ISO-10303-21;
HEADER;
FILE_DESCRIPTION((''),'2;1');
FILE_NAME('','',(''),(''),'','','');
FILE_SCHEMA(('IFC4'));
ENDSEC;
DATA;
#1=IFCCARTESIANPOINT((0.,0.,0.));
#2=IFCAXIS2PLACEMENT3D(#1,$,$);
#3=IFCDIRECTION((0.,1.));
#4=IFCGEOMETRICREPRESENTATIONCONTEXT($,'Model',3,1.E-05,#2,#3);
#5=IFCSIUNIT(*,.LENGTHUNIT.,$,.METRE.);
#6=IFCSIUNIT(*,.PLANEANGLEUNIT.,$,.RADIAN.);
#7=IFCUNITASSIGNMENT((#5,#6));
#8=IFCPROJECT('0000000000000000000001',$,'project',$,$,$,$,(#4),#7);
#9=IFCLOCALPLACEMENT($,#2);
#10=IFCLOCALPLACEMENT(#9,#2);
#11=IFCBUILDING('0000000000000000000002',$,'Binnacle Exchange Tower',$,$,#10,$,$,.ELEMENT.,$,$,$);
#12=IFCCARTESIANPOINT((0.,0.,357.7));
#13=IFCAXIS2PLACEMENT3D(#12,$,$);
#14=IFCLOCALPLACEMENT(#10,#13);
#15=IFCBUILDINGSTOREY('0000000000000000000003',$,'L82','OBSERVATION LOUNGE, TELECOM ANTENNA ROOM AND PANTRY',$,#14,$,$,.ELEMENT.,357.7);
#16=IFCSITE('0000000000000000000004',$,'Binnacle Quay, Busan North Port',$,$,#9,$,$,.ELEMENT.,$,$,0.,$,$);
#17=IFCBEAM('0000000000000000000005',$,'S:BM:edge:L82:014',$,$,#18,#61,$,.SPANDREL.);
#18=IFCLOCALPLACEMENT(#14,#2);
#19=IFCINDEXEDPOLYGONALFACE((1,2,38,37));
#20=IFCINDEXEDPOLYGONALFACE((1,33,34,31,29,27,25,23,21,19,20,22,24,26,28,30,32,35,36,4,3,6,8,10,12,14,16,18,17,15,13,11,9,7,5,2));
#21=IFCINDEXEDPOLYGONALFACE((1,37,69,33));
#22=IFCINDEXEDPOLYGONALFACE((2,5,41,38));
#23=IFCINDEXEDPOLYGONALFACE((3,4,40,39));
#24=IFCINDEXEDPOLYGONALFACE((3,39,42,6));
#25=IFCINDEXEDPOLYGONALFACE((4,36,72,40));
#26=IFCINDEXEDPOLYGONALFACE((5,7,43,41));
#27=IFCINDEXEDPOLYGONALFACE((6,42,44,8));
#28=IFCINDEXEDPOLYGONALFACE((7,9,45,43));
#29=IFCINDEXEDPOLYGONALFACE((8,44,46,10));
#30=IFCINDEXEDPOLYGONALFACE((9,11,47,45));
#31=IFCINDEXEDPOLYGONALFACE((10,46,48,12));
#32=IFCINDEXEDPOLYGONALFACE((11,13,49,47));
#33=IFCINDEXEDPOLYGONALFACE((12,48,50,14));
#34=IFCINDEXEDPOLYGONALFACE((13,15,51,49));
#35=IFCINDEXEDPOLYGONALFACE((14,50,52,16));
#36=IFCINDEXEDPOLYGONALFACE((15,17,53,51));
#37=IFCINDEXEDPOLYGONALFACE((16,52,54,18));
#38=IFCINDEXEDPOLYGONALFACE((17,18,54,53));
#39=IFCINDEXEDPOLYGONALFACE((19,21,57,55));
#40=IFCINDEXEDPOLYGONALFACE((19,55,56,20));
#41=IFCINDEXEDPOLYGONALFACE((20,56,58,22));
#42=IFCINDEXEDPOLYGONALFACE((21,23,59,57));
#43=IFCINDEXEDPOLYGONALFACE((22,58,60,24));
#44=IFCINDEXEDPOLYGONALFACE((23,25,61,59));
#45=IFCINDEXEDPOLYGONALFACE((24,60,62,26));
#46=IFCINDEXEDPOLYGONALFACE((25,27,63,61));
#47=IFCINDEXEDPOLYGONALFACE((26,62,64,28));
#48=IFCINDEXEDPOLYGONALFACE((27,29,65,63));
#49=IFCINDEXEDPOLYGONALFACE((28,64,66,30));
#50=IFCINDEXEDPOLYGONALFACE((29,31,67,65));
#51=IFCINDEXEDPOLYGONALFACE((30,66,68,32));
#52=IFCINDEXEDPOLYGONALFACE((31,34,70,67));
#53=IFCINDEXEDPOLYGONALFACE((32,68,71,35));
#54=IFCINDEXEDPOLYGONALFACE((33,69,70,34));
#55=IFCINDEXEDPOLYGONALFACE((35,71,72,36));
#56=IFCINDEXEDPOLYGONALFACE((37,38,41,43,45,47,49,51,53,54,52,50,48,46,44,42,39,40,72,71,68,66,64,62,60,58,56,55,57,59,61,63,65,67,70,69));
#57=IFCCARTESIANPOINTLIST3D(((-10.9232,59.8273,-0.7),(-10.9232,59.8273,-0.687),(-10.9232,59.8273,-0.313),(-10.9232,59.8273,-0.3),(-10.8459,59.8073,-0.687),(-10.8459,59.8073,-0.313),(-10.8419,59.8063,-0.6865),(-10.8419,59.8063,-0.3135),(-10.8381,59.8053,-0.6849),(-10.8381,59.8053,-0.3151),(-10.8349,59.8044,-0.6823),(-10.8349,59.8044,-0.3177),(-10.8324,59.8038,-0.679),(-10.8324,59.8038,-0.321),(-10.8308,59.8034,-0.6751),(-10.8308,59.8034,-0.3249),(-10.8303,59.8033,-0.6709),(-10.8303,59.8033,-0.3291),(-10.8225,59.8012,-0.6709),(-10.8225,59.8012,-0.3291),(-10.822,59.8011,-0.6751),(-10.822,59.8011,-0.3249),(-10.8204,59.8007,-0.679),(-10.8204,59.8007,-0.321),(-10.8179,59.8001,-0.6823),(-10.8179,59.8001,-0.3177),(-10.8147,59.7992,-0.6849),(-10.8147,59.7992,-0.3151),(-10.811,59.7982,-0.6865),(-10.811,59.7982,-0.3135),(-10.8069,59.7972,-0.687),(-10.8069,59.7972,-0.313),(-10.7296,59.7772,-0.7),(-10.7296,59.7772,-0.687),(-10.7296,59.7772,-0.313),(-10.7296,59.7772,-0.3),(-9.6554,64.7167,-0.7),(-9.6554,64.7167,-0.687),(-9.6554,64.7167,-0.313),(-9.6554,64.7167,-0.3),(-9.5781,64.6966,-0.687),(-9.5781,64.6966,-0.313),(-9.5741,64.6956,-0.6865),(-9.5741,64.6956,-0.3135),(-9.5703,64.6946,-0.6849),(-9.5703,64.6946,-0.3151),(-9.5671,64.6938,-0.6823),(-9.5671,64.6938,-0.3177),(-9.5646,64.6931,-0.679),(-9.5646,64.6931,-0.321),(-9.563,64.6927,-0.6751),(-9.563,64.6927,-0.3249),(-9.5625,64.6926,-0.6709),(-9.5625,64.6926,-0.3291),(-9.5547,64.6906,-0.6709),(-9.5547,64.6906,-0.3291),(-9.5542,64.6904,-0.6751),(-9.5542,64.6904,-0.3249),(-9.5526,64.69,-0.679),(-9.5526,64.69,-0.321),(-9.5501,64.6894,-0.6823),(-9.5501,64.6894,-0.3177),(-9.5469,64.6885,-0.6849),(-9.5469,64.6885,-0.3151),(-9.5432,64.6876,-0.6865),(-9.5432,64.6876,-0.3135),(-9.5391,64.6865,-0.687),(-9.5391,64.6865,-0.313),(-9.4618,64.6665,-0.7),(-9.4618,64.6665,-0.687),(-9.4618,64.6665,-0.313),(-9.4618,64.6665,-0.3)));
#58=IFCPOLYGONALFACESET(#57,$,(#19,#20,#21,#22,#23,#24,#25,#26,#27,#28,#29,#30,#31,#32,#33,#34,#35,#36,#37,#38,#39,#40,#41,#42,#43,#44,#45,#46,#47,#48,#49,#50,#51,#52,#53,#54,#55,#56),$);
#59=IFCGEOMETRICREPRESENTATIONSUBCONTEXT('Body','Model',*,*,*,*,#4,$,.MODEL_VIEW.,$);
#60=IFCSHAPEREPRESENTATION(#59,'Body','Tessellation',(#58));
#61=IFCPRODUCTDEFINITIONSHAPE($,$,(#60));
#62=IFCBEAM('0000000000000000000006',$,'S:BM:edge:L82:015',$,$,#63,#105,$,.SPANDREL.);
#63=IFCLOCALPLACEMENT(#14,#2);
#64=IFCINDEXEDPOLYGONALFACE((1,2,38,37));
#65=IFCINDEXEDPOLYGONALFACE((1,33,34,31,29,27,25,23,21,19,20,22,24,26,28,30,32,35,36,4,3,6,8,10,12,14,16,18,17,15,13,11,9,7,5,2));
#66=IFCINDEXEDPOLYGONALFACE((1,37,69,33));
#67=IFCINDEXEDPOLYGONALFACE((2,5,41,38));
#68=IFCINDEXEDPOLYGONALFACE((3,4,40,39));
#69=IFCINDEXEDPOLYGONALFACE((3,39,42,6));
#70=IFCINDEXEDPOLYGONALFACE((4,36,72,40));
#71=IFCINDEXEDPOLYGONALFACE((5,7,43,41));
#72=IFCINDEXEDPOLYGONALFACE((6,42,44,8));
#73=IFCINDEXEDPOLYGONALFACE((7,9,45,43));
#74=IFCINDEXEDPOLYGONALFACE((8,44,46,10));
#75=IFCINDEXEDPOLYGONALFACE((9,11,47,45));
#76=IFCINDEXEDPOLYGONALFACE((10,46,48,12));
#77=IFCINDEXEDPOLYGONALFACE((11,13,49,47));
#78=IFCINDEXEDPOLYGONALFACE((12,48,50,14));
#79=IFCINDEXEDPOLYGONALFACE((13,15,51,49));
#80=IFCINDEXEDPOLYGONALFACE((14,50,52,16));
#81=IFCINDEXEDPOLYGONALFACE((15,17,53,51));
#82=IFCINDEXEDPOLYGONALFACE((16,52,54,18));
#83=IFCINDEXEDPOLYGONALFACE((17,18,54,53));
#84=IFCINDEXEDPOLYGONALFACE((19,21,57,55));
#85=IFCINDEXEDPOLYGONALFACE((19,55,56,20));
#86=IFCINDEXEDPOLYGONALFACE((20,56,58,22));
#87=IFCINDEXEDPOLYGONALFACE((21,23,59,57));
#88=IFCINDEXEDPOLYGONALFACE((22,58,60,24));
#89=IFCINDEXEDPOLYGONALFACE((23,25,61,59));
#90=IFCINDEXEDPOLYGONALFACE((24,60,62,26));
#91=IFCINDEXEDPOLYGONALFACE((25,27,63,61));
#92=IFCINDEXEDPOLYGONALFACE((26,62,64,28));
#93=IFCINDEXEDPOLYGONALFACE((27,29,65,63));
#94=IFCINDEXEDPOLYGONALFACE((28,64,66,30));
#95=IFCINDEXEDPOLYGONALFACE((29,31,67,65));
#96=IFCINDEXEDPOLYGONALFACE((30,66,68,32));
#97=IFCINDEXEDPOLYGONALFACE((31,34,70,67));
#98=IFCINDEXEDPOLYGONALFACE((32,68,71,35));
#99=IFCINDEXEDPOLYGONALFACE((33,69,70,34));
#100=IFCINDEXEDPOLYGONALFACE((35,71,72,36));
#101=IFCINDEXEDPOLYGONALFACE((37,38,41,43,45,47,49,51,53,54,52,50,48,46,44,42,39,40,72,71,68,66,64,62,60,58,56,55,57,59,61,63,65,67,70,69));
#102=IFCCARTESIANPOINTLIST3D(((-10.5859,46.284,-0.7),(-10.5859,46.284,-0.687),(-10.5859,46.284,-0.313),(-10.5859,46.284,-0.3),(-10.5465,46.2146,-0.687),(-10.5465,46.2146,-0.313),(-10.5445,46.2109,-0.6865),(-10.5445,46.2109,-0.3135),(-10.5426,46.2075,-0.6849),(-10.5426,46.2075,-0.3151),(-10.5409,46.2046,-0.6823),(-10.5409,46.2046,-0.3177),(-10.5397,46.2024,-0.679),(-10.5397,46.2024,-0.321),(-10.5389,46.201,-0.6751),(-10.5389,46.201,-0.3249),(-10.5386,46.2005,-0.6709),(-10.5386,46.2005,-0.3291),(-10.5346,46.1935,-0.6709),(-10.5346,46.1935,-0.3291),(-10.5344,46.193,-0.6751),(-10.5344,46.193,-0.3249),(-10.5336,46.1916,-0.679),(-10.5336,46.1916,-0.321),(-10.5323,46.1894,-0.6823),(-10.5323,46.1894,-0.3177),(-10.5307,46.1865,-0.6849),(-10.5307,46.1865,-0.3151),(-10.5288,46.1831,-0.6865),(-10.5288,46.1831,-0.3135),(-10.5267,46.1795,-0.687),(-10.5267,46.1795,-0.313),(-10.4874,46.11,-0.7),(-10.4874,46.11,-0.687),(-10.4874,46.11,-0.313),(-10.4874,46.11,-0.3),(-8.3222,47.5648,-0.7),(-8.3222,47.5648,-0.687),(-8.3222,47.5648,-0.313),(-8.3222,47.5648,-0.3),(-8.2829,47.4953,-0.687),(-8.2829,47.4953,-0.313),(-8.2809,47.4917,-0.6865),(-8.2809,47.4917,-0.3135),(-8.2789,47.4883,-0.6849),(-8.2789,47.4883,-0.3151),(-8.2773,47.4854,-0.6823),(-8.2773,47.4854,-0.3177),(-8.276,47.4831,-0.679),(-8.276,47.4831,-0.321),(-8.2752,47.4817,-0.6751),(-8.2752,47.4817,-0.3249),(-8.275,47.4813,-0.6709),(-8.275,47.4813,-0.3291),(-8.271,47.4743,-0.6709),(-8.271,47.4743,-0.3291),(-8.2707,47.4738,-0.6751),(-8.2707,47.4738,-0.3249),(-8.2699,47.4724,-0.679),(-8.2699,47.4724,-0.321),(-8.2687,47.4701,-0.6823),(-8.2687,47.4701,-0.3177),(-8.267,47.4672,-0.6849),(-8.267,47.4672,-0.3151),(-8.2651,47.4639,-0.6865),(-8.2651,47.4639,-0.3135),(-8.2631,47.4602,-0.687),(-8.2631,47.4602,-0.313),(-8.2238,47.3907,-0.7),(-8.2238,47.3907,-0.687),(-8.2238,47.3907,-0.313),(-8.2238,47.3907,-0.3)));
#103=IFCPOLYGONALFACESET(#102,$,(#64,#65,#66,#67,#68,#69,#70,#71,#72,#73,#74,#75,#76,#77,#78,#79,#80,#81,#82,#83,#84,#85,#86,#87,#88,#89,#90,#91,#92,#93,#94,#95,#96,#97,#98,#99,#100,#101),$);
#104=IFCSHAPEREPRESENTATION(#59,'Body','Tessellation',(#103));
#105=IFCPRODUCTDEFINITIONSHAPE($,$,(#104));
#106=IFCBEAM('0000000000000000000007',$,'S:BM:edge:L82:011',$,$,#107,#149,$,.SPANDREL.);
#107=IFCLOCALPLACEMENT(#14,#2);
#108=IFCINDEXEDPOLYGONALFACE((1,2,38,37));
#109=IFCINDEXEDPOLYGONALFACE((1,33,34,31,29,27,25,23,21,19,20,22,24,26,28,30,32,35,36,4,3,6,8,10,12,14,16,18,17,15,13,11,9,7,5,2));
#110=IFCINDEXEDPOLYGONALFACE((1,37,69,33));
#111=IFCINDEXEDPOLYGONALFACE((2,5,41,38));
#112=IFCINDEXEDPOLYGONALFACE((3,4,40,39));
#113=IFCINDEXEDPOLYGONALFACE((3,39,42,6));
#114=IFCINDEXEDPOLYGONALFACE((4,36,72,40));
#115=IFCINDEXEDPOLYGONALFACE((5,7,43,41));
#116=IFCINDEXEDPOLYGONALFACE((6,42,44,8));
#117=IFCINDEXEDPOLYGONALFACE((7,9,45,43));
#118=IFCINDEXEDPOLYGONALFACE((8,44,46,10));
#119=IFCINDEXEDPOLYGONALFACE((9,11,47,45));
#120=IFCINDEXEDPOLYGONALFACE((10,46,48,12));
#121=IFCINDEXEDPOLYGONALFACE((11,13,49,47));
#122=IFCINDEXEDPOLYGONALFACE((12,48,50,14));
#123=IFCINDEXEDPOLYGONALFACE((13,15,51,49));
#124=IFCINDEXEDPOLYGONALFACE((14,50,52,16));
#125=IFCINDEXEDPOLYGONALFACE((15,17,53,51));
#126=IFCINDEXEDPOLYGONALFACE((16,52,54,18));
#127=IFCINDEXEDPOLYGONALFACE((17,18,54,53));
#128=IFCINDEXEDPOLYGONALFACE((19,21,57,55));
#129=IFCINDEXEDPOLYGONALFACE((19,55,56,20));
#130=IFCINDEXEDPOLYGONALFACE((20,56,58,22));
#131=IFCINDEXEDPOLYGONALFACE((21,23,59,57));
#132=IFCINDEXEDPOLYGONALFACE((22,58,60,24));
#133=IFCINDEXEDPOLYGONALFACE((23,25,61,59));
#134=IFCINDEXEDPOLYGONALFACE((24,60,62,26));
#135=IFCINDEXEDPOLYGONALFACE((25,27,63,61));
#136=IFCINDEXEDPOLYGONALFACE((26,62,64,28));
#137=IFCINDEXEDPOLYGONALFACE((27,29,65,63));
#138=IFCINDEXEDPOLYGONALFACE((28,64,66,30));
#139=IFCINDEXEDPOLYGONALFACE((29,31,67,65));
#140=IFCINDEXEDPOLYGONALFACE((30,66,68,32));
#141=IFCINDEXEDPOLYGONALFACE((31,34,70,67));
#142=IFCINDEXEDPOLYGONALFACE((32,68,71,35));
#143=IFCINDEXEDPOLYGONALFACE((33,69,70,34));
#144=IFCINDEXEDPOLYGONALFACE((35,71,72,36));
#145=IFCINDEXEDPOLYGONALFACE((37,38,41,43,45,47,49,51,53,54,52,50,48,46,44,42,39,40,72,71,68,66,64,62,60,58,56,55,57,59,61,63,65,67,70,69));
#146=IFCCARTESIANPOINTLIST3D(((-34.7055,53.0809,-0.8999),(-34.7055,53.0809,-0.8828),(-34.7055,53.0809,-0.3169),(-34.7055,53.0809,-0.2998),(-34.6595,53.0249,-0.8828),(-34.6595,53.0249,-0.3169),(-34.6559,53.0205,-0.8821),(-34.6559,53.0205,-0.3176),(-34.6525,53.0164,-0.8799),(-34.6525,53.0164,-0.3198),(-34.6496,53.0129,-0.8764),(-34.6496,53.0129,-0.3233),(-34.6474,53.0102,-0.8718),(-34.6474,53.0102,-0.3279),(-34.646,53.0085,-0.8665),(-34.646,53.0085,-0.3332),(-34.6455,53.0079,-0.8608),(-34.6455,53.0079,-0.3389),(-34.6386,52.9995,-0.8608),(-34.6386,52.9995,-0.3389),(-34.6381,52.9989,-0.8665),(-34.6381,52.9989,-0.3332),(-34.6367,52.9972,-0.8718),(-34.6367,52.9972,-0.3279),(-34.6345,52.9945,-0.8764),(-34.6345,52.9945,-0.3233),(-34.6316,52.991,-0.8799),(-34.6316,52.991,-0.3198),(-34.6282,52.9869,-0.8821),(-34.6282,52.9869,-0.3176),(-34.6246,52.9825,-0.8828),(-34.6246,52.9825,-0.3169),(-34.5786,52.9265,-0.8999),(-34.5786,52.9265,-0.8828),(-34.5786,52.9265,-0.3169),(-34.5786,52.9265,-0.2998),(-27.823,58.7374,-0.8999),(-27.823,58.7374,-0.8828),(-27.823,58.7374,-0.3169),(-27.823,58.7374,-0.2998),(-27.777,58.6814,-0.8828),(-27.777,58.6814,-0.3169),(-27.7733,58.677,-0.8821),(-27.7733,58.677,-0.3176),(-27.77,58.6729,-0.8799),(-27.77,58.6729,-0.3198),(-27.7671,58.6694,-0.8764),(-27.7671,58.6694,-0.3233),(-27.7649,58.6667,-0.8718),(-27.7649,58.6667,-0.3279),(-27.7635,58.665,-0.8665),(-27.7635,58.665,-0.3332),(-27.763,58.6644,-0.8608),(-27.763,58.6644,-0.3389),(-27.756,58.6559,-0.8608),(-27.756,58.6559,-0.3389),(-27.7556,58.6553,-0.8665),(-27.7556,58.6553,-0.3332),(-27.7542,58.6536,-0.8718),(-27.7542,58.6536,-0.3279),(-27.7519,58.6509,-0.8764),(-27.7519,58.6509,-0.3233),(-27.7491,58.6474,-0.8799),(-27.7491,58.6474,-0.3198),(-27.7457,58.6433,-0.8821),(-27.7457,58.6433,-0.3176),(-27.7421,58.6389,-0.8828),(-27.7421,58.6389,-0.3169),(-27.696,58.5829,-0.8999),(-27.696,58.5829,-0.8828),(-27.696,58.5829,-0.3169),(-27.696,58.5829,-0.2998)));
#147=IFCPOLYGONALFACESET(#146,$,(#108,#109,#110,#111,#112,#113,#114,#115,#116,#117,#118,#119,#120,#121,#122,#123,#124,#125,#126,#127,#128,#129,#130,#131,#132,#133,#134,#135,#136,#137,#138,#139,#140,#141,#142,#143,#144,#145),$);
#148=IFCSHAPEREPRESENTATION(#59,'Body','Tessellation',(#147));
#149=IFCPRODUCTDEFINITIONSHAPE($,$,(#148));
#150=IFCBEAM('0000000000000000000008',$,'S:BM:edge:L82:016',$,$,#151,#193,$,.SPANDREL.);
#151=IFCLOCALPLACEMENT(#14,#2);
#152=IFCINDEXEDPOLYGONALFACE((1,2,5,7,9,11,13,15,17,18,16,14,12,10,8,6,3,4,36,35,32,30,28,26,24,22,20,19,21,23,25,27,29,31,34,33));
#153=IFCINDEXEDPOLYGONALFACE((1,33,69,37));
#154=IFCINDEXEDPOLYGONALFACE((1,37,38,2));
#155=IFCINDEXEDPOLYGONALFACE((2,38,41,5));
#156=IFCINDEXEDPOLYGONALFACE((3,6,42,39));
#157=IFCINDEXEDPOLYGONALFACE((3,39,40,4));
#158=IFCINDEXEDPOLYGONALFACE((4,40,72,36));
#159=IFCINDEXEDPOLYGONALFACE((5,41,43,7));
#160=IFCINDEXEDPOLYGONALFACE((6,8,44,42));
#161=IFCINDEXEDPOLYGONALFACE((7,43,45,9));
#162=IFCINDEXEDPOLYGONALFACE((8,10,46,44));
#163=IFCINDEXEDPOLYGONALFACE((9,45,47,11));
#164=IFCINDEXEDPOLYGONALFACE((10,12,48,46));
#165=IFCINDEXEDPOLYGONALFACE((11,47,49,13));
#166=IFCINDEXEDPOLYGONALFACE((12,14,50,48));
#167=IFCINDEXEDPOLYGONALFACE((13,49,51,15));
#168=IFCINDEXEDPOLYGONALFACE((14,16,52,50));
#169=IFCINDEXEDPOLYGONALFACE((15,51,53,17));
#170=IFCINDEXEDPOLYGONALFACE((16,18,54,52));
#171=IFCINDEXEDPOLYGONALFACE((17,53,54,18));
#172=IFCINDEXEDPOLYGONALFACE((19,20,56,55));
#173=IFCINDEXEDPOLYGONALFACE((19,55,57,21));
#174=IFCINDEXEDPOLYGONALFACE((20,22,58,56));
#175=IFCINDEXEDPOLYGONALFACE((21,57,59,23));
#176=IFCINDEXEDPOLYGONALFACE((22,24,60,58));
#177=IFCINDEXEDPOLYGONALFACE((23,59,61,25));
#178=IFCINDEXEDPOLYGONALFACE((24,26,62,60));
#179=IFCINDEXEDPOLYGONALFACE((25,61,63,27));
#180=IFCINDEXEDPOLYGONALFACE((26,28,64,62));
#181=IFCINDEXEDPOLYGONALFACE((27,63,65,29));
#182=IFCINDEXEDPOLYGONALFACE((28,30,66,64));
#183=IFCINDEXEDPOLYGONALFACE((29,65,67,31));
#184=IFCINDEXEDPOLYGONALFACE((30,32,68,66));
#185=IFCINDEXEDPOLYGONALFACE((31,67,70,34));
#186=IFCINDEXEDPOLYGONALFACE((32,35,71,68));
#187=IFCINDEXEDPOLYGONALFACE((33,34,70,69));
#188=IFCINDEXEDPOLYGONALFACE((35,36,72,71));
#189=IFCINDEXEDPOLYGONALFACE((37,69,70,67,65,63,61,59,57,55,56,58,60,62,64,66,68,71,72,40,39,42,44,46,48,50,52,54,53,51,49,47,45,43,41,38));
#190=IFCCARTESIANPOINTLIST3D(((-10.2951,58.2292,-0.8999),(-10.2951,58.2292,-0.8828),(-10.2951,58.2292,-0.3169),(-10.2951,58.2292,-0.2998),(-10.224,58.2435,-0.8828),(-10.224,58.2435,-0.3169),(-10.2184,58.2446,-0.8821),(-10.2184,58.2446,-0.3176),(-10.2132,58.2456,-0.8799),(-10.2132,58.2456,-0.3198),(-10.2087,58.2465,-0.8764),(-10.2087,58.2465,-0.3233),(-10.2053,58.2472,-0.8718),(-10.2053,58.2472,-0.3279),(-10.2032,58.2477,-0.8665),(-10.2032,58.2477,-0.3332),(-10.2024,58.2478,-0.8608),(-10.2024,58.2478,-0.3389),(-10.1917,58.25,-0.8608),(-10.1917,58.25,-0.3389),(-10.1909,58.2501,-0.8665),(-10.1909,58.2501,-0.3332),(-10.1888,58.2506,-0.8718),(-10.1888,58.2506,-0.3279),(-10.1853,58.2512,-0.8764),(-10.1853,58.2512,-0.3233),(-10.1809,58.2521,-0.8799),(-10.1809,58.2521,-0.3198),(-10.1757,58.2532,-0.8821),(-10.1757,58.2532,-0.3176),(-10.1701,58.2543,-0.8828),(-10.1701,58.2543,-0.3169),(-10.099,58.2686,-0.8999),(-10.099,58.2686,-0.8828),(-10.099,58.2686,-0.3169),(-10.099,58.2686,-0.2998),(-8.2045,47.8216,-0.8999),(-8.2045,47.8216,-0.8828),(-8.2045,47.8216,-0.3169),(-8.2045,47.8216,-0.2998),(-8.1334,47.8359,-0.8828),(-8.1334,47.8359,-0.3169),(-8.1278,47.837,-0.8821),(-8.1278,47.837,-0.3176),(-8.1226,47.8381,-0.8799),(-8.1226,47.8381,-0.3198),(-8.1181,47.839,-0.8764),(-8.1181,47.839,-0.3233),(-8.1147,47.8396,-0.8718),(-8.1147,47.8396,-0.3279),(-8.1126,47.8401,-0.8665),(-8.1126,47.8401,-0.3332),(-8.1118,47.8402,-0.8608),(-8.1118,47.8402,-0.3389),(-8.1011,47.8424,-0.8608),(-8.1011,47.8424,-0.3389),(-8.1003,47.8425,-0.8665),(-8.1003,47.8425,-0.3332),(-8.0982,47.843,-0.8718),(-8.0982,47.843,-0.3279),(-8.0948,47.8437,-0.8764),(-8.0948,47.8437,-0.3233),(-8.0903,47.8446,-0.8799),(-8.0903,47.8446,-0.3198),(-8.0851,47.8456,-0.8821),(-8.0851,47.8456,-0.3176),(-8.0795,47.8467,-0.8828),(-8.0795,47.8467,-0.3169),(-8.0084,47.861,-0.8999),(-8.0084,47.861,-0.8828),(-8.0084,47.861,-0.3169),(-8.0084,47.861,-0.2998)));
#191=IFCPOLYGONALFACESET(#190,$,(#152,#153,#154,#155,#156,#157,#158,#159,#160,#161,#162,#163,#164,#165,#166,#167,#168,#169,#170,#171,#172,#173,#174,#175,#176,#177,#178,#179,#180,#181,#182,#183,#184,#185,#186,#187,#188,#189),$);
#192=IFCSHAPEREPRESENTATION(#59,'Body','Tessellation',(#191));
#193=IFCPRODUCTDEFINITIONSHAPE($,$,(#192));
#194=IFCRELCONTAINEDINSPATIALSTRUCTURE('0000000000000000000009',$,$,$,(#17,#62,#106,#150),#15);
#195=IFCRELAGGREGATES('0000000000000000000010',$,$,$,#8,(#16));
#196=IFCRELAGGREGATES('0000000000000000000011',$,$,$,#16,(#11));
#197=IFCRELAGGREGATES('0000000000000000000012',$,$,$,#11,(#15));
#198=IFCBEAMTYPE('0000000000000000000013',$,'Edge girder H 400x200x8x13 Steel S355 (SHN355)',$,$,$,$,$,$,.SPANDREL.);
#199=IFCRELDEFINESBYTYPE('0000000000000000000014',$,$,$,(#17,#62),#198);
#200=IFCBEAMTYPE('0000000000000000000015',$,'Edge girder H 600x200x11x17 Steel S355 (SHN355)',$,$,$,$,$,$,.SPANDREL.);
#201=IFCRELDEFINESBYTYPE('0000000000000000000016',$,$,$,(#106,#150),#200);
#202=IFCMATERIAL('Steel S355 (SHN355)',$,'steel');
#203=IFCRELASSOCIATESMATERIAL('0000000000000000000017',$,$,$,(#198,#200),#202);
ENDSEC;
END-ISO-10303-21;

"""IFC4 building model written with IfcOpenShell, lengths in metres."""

from ifc_helpers import new_model, si_unit, direction, frame, origin, origin_2d, place, context, subcontext, project, spatial, i_section, extrude, material, material_profile, profile_set, type_object, element, save


model = new_model("IFC4")

# Units and contexts
model_context = context("Model", 3, precision=1e-05, world=origin(), true_north=direction((0.0, 1.0)))
body_context = subcontext(model_context, "Body", "Model", "MODEL_VIEW")
ifc_project = project(units=[si_unit("LENGTHUNIT", "METRE"), si_unit("PLANEANGLEUNIT", "RADIAN")], contexts=[model_context])

# Site, building, storey
site_placement = place(None, origin())
site = spatial("IfcSite", under=ifc_project, at=site_placement, Name="Binnacle Quay, Busan North Port", CompositionType="ELEMENT", RefElevation=0.0)
building_placement = place(site_placement, origin())
building = spatial("IfcBuilding", under=site, at=building_placement, Name="Binnacle Exchange Tower", CompositionType="ELEMENT")
storey_placement = place(building_placement, frame((0.0, 0.0, 357.7)))
storey = spatial("IfcBuildingStorey", under=building, at=storey_placement, Name="L82", Description="OBSERVATION LOUNGE, TELECOM ANTENNA ROOM AND PANTRY", CompositionType="ELEMENT", Elevation=357.7)

# Shared definitions
ifc_material_1 = material(Name="Steel S355 (SHN355)", Category="steel")

# Beams
ifc_material_profile_1 = material_profile(ifc_material_1, i_section(OverallWidth=0.2, OverallDepth=0.3999, WebThickness=0.0081, FlangeThickness=0.0129, FilletRadius=0.0161, at=origin_2d()), Name="H 400x200x8x13")
ifc_profile_set_1 = profile_set([ifc_material_profile_1], Name="Steel S355 (SHN355)")
beam_type_1 = type_object("IfcBeamType", Name="Edge girder H 400x200x8x13 Steel S355 (SHN355)", PredefinedType="SPANDREL", material=ifc_profile_set_1)
beam_1_placement = place(storey_placement, frame((-10.8264, 59.8022, -0.5), z_axis=(0.250999, 0.967987, 0.0), x_axis=(-0.967987, 0.250999, 0.0)))
element("IfcBeam", 1, at=beam_1_placement, inside=storey, type_object=beam_type_1, Name="S:BM:edge:L82:014", PredefinedType="SPANDREL", context=body_context, shape_type="SweptSolid", body=[
    extrude(i_section(OverallWidth=0.2, OverallDepth=0.3999, WebThickness=0.0081, FlangeThickness=0.0129, FilletRadius=0.0161, at=origin_2d()), origin(), (0.0, 0.0, 1.0), 5.051),
])
beam_2_placement = place(storey_placement, frame((-10.5366, 46.197, -0.5), z_axis=(0.870349, 0.492435, 0.0), x_axis=(-0.492435, 0.870349, 0.0)))
element("IfcBeam", 2, at=beam_2_placement, inside=storey, type_object=beam_type_1, Name="S:BM:edge:L82:015", PredefinedType="SPANDREL", context=body_context, shape_type="SweptSolid", body=[
    extrude(i_section(OverallWidth=0.2, OverallDepth=0.3999, WebThickness=0.0081, FlangeThickness=0.0129, FilletRadius=0.0161, at=origin_2d()), origin(), (0.0, 0.0, 1.0), 2.6008),
])
ifc_material_profile_2 = material_profile(ifc_material_1, i_section(OverallWidth=0.2, OverallDepth=0.6001, WebThickness=0.011, FlangeThickness=0.0171, FilletRadius=0.022, at=origin_2d()), Name="H 600x200x11x17")
ifc_profile_set_2 = profile_set([ifc_material_profile_2], Name="Steel S355 (SHN355)")
beam_type_2 = type_object("IfcBeamType", Name="Edge girder H 600x200x11x17 Steel S355 (SHN355)", PredefinedType="SPANDREL", material=ifc_profile_set_2)
beam_3_placement = place(storey_placement, frame((-27.7595, 58.6602, -0.5999), z_axis=(-0.772563, -0.634938, 0.0), x_axis=(0.634938, -0.772563, 0.0)))
element("IfcBeam", 3, at=beam_3_placement, inside=storey, type_object=beam_type_2, Name="S:BM:edge:L82:011", PredefinedType="SPANDREL", context=body_context, shape_type="SweptSolid", body=[
    extrude(i_section(OverallWidth=0.2, OverallDepth=0.6001, WebThickness=0.011, FlangeThickness=0.0171, FilletRadius=0.022, at=origin_2d()), origin(), (0.0, 0.0, 1.0), 8.9087),
])
beam_4_placement = place(storey_placement, frame((-8.1064, 47.8413, -0.5999), z_axis=(-0.196939, 0.980416, 0.0), x_axis=(-0.980416, -0.196939, 0.0)))
element("IfcBeam", 4, at=beam_4_placement, inside=storey, type_object=beam_type_2, Name="S:BM:edge:L82:016", PredefinedType="SPANDREL", context=body_context, shape_type="SweptSolid", body=[
    extrude(i_section(OverallWidth=0.2, OverallDepth=0.6001, WebThickness=0.011, FlangeThickness=0.0171, FilletRadius=0.022, at=origin_2d()), origin(), (0.0, 0.0, 1.0), 10.6155),
])

save(model, "model.ifc")
